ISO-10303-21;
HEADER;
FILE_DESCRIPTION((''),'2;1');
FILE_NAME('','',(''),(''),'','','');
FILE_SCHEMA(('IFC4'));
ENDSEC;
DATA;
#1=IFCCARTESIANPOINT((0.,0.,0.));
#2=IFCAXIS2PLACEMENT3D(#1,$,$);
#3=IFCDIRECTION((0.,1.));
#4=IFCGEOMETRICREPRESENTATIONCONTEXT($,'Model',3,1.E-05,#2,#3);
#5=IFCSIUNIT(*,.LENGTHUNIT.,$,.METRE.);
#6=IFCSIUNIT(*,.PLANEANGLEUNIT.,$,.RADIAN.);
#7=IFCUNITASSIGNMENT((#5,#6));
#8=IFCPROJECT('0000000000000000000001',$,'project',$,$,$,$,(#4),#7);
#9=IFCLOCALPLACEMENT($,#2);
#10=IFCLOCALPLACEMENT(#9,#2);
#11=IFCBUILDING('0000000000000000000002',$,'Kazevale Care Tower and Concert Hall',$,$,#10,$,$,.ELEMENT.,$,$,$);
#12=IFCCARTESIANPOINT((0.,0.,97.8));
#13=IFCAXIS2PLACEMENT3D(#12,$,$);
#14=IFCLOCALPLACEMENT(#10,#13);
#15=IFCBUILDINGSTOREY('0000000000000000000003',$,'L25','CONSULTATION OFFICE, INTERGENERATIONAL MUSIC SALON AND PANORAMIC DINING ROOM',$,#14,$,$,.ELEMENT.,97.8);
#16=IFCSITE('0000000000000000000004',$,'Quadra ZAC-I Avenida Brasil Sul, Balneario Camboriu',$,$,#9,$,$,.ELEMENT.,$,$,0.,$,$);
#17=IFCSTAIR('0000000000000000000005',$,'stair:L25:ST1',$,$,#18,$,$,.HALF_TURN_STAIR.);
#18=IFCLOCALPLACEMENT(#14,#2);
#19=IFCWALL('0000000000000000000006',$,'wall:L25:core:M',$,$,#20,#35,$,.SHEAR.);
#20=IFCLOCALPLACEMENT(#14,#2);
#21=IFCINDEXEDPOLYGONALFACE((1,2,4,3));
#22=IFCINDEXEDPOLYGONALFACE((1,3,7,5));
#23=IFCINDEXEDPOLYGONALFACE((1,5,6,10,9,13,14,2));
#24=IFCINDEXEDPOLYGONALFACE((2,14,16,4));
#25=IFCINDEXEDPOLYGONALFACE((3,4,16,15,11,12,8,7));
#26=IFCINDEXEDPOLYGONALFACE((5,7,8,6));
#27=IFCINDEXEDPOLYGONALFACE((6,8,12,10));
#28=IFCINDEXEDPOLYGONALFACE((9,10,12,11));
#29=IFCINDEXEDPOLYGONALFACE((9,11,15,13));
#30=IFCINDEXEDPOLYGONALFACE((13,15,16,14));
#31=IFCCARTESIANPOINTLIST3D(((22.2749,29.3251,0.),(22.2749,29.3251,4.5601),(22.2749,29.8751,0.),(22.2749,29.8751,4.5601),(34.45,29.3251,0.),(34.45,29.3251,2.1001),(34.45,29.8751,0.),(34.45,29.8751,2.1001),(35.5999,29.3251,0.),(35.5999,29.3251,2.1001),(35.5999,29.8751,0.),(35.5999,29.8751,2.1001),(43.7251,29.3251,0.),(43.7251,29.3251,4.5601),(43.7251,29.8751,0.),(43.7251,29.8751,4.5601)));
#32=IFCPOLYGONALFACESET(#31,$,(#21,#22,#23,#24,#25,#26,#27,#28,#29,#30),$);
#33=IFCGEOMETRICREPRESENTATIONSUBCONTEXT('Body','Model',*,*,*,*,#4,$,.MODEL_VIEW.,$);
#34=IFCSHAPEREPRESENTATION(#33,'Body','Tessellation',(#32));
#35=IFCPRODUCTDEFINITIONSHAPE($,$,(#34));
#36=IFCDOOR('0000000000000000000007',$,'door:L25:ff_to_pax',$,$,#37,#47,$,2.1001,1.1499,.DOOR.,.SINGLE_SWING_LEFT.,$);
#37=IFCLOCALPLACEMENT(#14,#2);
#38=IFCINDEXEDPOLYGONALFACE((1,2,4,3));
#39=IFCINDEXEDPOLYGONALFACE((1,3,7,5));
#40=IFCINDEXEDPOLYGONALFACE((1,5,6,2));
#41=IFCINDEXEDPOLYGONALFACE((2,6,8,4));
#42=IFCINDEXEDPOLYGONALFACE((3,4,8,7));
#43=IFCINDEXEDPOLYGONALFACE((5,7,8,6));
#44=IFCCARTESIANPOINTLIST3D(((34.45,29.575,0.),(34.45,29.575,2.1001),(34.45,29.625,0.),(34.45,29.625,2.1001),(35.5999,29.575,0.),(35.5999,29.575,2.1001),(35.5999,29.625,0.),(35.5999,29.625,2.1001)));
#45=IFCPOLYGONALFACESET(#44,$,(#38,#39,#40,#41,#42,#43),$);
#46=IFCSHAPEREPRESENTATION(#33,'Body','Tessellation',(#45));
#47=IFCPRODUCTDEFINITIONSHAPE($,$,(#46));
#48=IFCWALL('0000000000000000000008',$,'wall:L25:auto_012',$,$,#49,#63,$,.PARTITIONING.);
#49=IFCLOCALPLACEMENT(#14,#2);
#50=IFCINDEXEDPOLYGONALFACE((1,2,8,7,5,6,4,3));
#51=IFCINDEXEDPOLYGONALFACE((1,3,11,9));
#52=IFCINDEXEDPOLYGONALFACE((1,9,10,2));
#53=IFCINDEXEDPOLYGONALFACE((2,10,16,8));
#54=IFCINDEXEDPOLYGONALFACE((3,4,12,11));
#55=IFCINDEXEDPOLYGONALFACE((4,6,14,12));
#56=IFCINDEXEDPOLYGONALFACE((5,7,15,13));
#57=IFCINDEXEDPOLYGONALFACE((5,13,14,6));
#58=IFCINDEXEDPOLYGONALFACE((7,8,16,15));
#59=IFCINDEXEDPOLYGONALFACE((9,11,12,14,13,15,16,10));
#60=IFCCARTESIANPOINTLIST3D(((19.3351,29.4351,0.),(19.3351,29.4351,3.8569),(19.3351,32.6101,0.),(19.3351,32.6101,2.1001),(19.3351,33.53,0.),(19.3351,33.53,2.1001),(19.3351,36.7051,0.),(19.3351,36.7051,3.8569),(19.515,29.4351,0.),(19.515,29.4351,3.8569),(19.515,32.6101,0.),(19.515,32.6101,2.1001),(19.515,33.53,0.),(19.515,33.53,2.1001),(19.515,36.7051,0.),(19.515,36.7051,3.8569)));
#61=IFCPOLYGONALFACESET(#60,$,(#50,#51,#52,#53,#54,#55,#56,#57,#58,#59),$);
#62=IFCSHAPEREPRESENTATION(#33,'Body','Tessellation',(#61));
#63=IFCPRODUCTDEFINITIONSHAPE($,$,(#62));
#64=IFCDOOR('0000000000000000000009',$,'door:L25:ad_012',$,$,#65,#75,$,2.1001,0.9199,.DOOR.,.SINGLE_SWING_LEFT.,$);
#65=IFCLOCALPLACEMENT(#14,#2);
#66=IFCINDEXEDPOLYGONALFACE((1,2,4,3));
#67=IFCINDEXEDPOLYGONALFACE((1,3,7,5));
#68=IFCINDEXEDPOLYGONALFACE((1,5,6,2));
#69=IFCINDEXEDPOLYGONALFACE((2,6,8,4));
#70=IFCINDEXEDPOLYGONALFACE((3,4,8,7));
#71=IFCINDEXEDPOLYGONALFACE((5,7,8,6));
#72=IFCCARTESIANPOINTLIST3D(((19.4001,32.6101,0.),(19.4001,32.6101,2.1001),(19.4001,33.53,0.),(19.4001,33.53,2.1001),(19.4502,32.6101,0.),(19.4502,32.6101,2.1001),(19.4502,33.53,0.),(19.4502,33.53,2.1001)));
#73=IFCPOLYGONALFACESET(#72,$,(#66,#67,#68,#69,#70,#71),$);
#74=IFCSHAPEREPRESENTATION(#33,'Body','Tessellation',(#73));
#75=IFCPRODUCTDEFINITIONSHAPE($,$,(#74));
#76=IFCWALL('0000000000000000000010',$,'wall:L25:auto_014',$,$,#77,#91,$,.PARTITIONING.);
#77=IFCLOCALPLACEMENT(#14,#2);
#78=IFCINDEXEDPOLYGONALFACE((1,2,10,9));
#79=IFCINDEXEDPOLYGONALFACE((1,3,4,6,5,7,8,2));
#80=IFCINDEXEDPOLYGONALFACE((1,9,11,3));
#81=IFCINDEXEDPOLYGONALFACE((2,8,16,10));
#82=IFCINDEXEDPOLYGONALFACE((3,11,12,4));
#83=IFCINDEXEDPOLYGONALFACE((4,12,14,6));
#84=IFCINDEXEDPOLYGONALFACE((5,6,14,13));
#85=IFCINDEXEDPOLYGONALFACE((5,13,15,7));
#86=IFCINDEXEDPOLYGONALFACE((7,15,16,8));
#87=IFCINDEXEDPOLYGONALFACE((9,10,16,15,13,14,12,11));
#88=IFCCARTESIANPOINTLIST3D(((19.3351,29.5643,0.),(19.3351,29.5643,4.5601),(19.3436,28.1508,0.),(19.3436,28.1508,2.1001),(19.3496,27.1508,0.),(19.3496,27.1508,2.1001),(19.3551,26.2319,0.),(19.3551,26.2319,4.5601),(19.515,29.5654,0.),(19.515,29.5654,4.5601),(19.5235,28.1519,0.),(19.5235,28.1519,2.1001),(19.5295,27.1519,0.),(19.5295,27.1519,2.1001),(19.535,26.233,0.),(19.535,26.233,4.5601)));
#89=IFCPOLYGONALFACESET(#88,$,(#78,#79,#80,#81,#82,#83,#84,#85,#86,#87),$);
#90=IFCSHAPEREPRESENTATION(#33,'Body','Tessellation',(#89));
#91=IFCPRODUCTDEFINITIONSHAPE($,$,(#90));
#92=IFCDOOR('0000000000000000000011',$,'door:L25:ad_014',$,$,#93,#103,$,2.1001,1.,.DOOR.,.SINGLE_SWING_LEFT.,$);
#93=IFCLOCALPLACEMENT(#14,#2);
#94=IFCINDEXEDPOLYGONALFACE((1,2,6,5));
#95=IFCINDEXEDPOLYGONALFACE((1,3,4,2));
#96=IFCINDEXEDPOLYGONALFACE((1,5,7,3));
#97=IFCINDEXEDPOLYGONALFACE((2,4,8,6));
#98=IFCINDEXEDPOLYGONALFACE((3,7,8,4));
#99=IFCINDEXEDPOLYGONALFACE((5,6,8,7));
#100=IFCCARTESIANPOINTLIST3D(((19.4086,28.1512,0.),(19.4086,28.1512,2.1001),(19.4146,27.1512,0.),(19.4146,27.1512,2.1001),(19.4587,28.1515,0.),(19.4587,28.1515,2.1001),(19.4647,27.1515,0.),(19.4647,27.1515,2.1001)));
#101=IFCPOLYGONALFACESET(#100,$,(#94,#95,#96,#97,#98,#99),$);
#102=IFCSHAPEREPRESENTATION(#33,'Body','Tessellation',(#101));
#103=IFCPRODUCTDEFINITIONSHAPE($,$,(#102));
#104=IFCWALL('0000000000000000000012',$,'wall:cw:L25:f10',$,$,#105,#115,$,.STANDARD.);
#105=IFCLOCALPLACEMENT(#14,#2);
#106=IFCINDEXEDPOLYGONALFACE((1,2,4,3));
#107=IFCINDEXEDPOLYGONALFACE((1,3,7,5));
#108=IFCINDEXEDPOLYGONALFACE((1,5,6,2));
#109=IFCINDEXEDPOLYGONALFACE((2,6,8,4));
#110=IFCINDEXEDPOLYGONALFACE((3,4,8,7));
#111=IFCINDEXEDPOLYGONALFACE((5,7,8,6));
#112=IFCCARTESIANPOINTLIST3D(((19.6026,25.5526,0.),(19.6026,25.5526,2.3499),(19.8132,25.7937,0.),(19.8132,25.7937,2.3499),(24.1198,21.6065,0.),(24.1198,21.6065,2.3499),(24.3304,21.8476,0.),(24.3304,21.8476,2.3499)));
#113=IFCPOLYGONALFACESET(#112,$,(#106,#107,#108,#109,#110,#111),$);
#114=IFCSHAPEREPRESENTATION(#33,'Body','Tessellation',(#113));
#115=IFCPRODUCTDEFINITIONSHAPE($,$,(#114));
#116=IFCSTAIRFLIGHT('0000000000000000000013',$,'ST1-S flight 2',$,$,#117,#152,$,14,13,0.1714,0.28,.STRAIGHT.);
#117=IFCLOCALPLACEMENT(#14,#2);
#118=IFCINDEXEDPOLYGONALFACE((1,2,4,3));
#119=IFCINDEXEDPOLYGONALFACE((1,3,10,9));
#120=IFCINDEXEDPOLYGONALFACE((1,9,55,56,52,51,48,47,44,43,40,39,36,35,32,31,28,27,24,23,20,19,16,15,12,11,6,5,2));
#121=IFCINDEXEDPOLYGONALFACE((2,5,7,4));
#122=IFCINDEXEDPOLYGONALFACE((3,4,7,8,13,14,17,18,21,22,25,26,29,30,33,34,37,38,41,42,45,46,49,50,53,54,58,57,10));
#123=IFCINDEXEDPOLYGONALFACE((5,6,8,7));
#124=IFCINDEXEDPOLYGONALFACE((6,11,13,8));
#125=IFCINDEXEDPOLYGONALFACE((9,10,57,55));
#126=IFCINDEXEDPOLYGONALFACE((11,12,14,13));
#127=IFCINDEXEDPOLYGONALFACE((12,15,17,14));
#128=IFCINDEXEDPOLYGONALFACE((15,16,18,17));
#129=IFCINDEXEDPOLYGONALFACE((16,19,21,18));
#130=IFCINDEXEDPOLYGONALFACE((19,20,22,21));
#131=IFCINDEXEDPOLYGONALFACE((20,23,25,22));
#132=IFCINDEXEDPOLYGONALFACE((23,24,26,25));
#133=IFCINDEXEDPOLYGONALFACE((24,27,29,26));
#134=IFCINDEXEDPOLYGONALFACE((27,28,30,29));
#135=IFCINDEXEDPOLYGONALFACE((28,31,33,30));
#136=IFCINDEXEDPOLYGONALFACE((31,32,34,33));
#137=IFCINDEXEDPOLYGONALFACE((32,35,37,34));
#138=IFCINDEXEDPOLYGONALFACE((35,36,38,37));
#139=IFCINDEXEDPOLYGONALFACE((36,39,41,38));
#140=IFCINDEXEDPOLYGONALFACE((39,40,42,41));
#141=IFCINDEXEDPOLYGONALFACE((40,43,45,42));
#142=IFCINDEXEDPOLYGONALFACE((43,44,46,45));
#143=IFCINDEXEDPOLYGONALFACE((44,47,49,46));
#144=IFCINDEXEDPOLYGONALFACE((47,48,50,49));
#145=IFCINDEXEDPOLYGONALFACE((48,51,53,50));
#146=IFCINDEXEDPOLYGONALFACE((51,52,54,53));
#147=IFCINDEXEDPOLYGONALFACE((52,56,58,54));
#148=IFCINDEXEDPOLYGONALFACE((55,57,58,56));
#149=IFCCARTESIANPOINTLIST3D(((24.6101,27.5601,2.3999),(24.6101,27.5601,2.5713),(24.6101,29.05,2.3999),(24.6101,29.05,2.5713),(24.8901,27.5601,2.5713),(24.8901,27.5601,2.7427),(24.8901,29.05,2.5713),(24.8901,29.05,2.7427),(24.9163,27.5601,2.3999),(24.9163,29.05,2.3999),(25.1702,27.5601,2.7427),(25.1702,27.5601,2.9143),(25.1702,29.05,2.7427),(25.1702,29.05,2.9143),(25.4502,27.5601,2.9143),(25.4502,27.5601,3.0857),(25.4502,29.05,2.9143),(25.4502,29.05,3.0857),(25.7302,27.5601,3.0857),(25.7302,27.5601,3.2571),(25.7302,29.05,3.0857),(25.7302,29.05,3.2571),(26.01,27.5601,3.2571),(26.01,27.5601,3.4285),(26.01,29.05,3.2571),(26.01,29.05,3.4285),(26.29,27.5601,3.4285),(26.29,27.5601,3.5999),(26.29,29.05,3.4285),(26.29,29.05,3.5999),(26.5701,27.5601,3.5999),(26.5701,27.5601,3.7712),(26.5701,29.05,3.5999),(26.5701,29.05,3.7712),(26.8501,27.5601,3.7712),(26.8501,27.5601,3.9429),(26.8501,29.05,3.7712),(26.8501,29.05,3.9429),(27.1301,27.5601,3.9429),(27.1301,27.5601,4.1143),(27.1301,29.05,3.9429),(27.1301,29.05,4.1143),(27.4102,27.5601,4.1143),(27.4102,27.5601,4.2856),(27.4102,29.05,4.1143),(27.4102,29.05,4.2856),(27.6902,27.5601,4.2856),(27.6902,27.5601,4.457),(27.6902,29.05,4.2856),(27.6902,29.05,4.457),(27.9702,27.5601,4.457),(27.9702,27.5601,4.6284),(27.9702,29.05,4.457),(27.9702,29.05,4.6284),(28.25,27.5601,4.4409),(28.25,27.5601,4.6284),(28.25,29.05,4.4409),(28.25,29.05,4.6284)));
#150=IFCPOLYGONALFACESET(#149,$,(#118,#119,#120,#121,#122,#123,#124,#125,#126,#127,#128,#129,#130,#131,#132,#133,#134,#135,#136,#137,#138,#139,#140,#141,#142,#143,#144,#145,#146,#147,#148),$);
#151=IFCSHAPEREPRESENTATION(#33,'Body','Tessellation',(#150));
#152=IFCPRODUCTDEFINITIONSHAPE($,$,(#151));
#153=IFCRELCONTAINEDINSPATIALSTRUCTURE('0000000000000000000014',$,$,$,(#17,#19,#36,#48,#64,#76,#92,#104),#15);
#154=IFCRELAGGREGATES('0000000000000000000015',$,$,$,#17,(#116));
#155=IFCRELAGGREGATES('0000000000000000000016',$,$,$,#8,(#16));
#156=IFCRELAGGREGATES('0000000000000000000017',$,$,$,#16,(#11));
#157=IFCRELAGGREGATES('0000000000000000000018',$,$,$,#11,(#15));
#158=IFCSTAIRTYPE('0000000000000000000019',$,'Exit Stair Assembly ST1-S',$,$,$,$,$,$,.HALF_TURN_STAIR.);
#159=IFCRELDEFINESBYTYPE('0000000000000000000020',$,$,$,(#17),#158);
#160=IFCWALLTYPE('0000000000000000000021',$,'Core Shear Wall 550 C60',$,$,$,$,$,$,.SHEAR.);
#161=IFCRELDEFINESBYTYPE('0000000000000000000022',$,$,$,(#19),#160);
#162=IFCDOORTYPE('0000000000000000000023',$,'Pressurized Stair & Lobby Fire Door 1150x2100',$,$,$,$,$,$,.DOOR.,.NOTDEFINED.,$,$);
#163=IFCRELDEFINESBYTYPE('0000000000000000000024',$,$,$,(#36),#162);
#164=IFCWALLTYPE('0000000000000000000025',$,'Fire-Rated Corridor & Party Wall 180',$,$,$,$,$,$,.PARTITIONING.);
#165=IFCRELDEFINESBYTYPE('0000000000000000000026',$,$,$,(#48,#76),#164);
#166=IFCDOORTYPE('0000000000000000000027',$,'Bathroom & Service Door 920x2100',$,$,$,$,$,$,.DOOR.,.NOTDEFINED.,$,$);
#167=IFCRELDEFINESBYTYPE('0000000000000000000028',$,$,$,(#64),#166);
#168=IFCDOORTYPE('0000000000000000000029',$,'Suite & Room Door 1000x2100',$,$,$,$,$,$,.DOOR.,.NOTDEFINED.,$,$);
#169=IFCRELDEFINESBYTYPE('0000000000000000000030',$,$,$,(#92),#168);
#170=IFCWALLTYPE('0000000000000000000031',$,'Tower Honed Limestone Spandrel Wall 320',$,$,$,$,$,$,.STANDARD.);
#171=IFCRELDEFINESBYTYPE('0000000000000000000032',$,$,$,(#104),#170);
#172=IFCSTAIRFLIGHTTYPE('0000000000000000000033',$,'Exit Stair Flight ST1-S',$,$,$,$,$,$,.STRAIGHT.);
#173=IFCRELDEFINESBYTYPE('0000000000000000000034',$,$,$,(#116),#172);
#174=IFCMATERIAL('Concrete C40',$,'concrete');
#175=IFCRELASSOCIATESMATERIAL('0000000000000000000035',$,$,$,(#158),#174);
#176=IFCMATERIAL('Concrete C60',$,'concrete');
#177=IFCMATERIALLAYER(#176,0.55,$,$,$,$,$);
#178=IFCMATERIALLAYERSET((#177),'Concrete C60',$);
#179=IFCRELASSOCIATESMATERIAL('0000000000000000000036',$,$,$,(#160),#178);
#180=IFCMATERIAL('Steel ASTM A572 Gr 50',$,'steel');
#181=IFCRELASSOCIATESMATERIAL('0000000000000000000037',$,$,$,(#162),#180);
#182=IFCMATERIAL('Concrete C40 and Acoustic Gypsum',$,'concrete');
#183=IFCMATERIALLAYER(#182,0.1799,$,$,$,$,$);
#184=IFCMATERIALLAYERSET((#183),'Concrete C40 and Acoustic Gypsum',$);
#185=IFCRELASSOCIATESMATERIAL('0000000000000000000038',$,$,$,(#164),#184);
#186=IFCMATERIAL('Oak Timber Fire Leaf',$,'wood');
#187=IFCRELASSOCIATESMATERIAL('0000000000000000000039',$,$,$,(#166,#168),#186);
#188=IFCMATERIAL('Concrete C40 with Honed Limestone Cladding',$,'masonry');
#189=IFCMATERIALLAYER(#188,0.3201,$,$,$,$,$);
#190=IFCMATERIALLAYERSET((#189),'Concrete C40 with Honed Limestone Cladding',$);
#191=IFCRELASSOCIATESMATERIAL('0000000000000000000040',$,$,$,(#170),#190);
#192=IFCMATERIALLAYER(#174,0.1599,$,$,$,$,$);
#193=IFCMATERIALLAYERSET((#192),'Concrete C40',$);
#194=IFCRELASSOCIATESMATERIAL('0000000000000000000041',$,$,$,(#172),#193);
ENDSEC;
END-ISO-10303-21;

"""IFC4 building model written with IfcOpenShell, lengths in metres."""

from ifc_helpers import new_model, si_unit, direction, frame, frame_2d, origin, place, context, subcontext, project, spatial, polyline, rectangle, outline, extrude, material, layer, layer_set, type_object, element, fill, aggregate, save


model = new_model("IFC4")

# Units and contexts
model_context = context("Model", 3, precision=1e-05, world=origin(), true_north=direction((0.0, 1.0)))
body_context = subcontext(model_context, "Body", "Model", "MODEL_VIEW")
ifc_project = project(units=[si_unit("LENGTHUNIT", "METRE"), si_unit("PLANEANGLEUNIT", "RADIAN")], contexts=[model_context])

# Site, building, storey
site_placement = place(None, origin())
site = spatial("IfcSite", under=ifc_project, at=site_placement, Name="Quadra ZAC-I Avenida Brasil Sul, Balneario Camboriu", CompositionType="ELEMENT", RefElevation=0.0)
building_placement = place(site_placement, origin())
building = spatial("IfcBuilding", under=site, at=building_placement, Name="Kazevale Care Tower and Concert Hall", CompositionType="ELEMENT")
storey_placement = place(building_placement, frame((0.0, 0.0, 97.8)))
storey = spatial("IfcBuildingStorey", under=building, at=storey_placement, Name="L25", Description="CONSULTATION OFFICE, INTERGENERATIONAL MUSIC SALON AND PANORAMIC DINING ROOM", CompositionType="ELEMENT", Elevation=97.8)

# Shared definitions
ifc_material_1 = material(Name="Concrete C60", Category="concrete")

# Shared definitions
ifc_material_2 = material(Name="Steel ASTM A572 Gr 50", Category="steel")

# Shared definitions
ifc_material_3 = material(Name="Concrete C40", Category="concrete")

# Stair
stair_type = type_object("IfcStairType", Name="Exit Stair Assembly ST1-S", PredefinedType="HALF_TURN_STAIR", material=ifc_material_3)
stair_1_placement = place(storey_placement, origin())
stair_1 = element("IfcStair", 1, at=stair_1_placement, inside=storey, type_object=stair_type, Name="stair:L25:ST1", PredefinedType="HALF_TURN_STAIR")

# Shared definitions
ifc_layer_1 = layer(ifc_material_1, 0.55)
ifc_layer_set_1 = layer_set([ifc_layer_1], Name="Concrete C60")
wall_type_1 = type_object("IfcWallType", Name="Core Shear Wall 550 C60", PredefinedType="SHEAR", material=ifc_layer_set_1)

# Walls, openings, doors
wall_1_placement = place(storey_placement, frame((22.2749, 29.6001, 0.0), z_axis=(0.0, 0.0, 1.0), x_axis=(1.0, 0.0, 0.0)))
wall_1 = element("IfcWall", 2, at=wall_1_placement, inside=storey, type_object=wall_type_1, Name="wall:L25:core:M", PredefinedType="SHEAR", context=body_context, shape_type="SweptSolid", body=[
    extrude(rectangle(XDim=21.4502, YDim=0.55, at=frame_2d((10.7251, 0.0))), origin(), (0.0, 0.0, 1.0), 4.5601),
])
opening_1_placement = place(wall_1_placement, frame((12.175, 0.0, 0.0)))
opening_1 = element("IfcOpeningElement", 3, at=opening_1_placement, cuts=wall_1, PredefinedType="OPENING", context=body_context, shape_type="SweptSolid", body=[
    extrude(rectangle(XDim=1.1499, YDim=2.1001, at=frame_2d((0.575, 1.05))), frame((0.0, 0.2849, 0.0), z_axis=(0.0, -1.0, 0.0), x_axis=(1.0, 0.0, 0.0)), (0.0, 0.0, 1.0), 0.5701),
])
door_type_1 = type_object("IfcDoorType", Name="Pressurized Stair & Lobby Fire Door 1150x2100", OperationType="NOTDEFINED", PredefinedType="DOOR", material=ifc_material_2)
door_1_placement = place(opening_1_placement, origin())
door_1 = element("IfcDoor", 4, at=door_1_placement, inside=storey, type_object=door_type_1, Name="door:L25:ff_to_pax", OperationType="SINGLE_SWING_LEFT", OverallHeight=2.1001, OverallWidth=1.1499, PredefinedType="DOOR", context=body_context, shape_type="SweptSolid", body=[
    extrude(rectangle(XDim=1.1499, YDim=2.1001, at=frame_2d((0.575, 1.05))), frame((0.0, 0.0249, 0.0), z_axis=(0.0, -1.0, 0.0), x_axis=(1.0, 0.0, 0.0)), (0.0, 0.0, 1.0), 0.05),
])
fill(opening_1, door_1)
ifc_material_4 = material(Name="Concrete C40 and Acoustic Gypsum", Category="concrete")
ifc_layer_2 = layer(ifc_material_4, 0.1799)
ifc_layer_set_2 = layer_set([ifc_layer_2], Name="Concrete C40 and Acoustic Gypsum")
wall_type_2 = type_object("IfcWallType", Name="Fire-Rated Corridor & Party Wall 180", PredefinedType="PARTITIONING", material=ifc_layer_set_2)
wall_2_placement = place(storey_placement, frame((19.425, 29.4351, 0.0), z_axis=(0.0, 0.0, 1.0), x_axis=(0.0, 1.0, 0.0)))
wall_2 = element("IfcWall", 5, at=wall_2_placement, inside=storey, type_object=wall_type_2, Name="wall:L25:auto_012", PredefinedType="PARTITIONING", context=body_context, shape_type="SweptSolid", body=[
    extrude(rectangle(XDim=7.27, YDim=0.1799, at=frame_2d((3.635, 0.0))), origin(), (0.0, 0.0, 1.0), 3.8569),
])
opening_2_placement = place(wall_2_placement, frame((3.175, 0.0, 0.0)))
opening_2 = element("IfcOpeningElement", 6, at=opening_2_placement, cuts=wall_2, PredefinedType="OPENING", context=body_context, shape_type="SweptSolid", body=[
    extrude(rectangle(XDim=0.9199, YDim=2.1001, at=frame_2d((0.46, 1.05))), frame((0.0, 0.0999, 0.0), z_axis=(0.0, -1.0, 0.0), x_axis=(1.0, 0.0, 0.0)), (0.0, 0.0, 1.0), 0.2),
])
ifc_material_5 = material(Name="Oak Timber Fire Leaf", Category="wood")
door_type_2 = type_object("IfcDoorType", Name="Bathroom & Service Door 920x2100", OperationType="NOTDEFINED", PredefinedType="DOOR", material=ifc_material_5)
door_2_placement = place(opening_2_placement, origin())
door_2 = element("IfcDoor", 7, at=door_2_placement, inside=storey, type_object=door_type_2, Name="door:L25:ad_012", OperationType="SINGLE_SWING_LEFT", OverallHeight=2.1001, OverallWidth=0.9199, PredefinedType="DOOR", context=body_context, shape_type="SweptSolid", body=[
    extrude(rectangle(XDim=0.9199, YDim=2.1001, at=frame_2d((0.46, 1.05))), frame((0.0, 0.0249, 0.0), z_axis=(0.0, -1.0, 0.0), x_axis=(1.0, 0.0, 0.0)), (0.0, 0.0, 1.0), 0.05),
])
fill(opening_2, door_2)
wall_3_placement = place(storey_placement, frame((19.4451, 26.2324, 0.0), z_axis=(0.0, 0.0, 1.0), x_axis=(-0.006007, 0.999982, 0.0)))
wall_3 = element("IfcWall", 8, at=wall_3_placement, inside=storey, type_object=wall_type_2, Name="wall:L25:auto_014", PredefinedType="PARTITIONING", context=body_context, shape_type="SweptSolid", body=[
    extrude(rectangle(XDim=3.3325, YDim=0.1799, at=frame_2d((1.6663, 0.0))), origin(), (0.0, 0.0, 1.0), 4.5601),
])
opening_3_placement = place(wall_3_placement, frame((0.9189, 0.0, 0.0)))
opening_3 = element("IfcOpeningElement", 9, at=opening_3_placement, cuts=wall_3, PredefinedType="OPENING", context=body_context, shape_type="SweptSolid", body=[
    extrude(rectangle(XDim=1.0, YDim=2.1001, at=frame_2d((0.5, 1.05))), frame((0.0, 0.0999, 0.0), z_axis=(0.0, -1.0, 0.0), x_axis=(1.0, 0.0, 0.0)), (0.0, 0.0, 1.0), 0.2),
])
door_type_3 = type_object("IfcDoorType", Name="Suite & Room Door 1000x2100", OperationType="NOTDEFINED", PredefinedType="DOOR", material=ifc_material_5)
door_3_placement = place(opening_3_placement, origin())
door_3 = element("IfcDoor", 10, at=door_3_placement, inside=storey, type_object=door_type_3, Name="door:L25:ad_014", OperationType="SINGLE_SWING_LEFT", OverallHeight=2.1001, OverallWidth=1.0, PredefinedType="DOOR", context=body_context, shape_type="SweptSolid", body=[
    extrude(rectangle(XDim=1.0, YDim=2.1001, at=frame_2d((0.5, 1.05))), frame((0.0, 0.0249, 0.0), z_axis=(0.0, -1.0, 0.0), x_axis=(1.0, 0.0, 0.0)), (0.0, 0.0, 1.0), 0.05),
])
fill(opening_3, door_3)

# Wall
ifc_material_6 = material(Name="Concrete C40 with Honed Limestone Cladding", Category="masonry")
ifc_layer_3 = layer(ifc_material_6, 0.3201)
ifc_layer_set_3 = layer_set([ifc_layer_3], Name="Concrete C40 with Honed Limestone Cladding")
wall_type_3 = type_object("IfcWallType", Name="Tower Honed Limestone Spandrel Wall 320", PredefinedType="STANDARD", material=ifc_layer_set_3)
wall_4_placement = place(storey_placement, frame((24.2251, 21.7271, 0.0), z_axis=(0.0, 0.0, 1.0), x_axis=(-0.753106, 0.657899, 0.0)))
element("IfcWall", 11, at=wall_4_placement, inside=storey, type_object=wall_type_3, Name="wall:cw:L25:f10", PredefinedType="STANDARD", context=body_context, shape_type="SweptSolid", body=[
    extrude(rectangle(XDim=5.998, YDim=0.3201, at=frame_2d((2.999, 0.0))), origin(), (0.0, 0.0, 1.0), 2.3499),
])

# Stair flight
ifc_layer_4 = layer(ifc_material_3, 0.1599)
ifc_layer_set_4 = layer_set([ifc_layer_4], Name="Concrete C40")
stair_flight_type = type_object("IfcStairFlightType", Name="Exit Stair Flight ST1-S", PredefinedType="STRAIGHT", material=ifc_layer_set_4)
stair_flight_placement = place(storey_placement, frame((24.6101, 28.3049, 2.3999), z_axis=(0.0, 0.0, 1.0), x_axis=(1.0, 0.0, 0.0)))
stair_flight = element("IfcStairFlight", 12, at=stair_flight_placement, type_object=stair_flight_type, Name="ST1-S flight 2", NumberOfRisers=14, NumberOfTreads=13, PredefinedType="STRAIGHT", RiserHeight=0.1714, TreadLength=0.28, context=body_context, shape_type="SweptSolid", body=[
    extrude(outline(polyline([(0.0, 0.0), (0.0, 0.1714), (0.28, 0.1714), (0.28, 0.3428), (0.5601, 0.3428), (0.5601, 0.5144), (0.8401, 0.5144), (0.8401, 0.6858), (1.1201, 0.6858), (1.1201, 0.8572), (1.3999, 0.8572), (1.3999, 1.0286), (1.6799, 1.0286), (1.6799, 1.2), (1.96, 1.2), (1.96, 1.3713), (2.24, 1.3713), (2.24, 1.543), (2.52, 1.543), (2.52, 1.7144), (2.8, 1.7144), (2.8, 1.8857), (3.0801, 1.8857), (3.0801, 2.0571), (3.3601, 2.0571), (3.3601, 2.2285), (3.6399, 2.2285), (3.6399, 2.3999), (3.6399, 2.041), (0.3062, 0.0), (0.0, 0.0)])), frame((0.0, 0.7451, 0.0), z_axis=(0.0, -1.0, 0.0), x_axis=(1.0, 0.0, 0.0)), (0.0, 0.0, 1.0), 1.49),
])
aggregate(stair_1, [stair_flight])

save(model, "model.ifc")
